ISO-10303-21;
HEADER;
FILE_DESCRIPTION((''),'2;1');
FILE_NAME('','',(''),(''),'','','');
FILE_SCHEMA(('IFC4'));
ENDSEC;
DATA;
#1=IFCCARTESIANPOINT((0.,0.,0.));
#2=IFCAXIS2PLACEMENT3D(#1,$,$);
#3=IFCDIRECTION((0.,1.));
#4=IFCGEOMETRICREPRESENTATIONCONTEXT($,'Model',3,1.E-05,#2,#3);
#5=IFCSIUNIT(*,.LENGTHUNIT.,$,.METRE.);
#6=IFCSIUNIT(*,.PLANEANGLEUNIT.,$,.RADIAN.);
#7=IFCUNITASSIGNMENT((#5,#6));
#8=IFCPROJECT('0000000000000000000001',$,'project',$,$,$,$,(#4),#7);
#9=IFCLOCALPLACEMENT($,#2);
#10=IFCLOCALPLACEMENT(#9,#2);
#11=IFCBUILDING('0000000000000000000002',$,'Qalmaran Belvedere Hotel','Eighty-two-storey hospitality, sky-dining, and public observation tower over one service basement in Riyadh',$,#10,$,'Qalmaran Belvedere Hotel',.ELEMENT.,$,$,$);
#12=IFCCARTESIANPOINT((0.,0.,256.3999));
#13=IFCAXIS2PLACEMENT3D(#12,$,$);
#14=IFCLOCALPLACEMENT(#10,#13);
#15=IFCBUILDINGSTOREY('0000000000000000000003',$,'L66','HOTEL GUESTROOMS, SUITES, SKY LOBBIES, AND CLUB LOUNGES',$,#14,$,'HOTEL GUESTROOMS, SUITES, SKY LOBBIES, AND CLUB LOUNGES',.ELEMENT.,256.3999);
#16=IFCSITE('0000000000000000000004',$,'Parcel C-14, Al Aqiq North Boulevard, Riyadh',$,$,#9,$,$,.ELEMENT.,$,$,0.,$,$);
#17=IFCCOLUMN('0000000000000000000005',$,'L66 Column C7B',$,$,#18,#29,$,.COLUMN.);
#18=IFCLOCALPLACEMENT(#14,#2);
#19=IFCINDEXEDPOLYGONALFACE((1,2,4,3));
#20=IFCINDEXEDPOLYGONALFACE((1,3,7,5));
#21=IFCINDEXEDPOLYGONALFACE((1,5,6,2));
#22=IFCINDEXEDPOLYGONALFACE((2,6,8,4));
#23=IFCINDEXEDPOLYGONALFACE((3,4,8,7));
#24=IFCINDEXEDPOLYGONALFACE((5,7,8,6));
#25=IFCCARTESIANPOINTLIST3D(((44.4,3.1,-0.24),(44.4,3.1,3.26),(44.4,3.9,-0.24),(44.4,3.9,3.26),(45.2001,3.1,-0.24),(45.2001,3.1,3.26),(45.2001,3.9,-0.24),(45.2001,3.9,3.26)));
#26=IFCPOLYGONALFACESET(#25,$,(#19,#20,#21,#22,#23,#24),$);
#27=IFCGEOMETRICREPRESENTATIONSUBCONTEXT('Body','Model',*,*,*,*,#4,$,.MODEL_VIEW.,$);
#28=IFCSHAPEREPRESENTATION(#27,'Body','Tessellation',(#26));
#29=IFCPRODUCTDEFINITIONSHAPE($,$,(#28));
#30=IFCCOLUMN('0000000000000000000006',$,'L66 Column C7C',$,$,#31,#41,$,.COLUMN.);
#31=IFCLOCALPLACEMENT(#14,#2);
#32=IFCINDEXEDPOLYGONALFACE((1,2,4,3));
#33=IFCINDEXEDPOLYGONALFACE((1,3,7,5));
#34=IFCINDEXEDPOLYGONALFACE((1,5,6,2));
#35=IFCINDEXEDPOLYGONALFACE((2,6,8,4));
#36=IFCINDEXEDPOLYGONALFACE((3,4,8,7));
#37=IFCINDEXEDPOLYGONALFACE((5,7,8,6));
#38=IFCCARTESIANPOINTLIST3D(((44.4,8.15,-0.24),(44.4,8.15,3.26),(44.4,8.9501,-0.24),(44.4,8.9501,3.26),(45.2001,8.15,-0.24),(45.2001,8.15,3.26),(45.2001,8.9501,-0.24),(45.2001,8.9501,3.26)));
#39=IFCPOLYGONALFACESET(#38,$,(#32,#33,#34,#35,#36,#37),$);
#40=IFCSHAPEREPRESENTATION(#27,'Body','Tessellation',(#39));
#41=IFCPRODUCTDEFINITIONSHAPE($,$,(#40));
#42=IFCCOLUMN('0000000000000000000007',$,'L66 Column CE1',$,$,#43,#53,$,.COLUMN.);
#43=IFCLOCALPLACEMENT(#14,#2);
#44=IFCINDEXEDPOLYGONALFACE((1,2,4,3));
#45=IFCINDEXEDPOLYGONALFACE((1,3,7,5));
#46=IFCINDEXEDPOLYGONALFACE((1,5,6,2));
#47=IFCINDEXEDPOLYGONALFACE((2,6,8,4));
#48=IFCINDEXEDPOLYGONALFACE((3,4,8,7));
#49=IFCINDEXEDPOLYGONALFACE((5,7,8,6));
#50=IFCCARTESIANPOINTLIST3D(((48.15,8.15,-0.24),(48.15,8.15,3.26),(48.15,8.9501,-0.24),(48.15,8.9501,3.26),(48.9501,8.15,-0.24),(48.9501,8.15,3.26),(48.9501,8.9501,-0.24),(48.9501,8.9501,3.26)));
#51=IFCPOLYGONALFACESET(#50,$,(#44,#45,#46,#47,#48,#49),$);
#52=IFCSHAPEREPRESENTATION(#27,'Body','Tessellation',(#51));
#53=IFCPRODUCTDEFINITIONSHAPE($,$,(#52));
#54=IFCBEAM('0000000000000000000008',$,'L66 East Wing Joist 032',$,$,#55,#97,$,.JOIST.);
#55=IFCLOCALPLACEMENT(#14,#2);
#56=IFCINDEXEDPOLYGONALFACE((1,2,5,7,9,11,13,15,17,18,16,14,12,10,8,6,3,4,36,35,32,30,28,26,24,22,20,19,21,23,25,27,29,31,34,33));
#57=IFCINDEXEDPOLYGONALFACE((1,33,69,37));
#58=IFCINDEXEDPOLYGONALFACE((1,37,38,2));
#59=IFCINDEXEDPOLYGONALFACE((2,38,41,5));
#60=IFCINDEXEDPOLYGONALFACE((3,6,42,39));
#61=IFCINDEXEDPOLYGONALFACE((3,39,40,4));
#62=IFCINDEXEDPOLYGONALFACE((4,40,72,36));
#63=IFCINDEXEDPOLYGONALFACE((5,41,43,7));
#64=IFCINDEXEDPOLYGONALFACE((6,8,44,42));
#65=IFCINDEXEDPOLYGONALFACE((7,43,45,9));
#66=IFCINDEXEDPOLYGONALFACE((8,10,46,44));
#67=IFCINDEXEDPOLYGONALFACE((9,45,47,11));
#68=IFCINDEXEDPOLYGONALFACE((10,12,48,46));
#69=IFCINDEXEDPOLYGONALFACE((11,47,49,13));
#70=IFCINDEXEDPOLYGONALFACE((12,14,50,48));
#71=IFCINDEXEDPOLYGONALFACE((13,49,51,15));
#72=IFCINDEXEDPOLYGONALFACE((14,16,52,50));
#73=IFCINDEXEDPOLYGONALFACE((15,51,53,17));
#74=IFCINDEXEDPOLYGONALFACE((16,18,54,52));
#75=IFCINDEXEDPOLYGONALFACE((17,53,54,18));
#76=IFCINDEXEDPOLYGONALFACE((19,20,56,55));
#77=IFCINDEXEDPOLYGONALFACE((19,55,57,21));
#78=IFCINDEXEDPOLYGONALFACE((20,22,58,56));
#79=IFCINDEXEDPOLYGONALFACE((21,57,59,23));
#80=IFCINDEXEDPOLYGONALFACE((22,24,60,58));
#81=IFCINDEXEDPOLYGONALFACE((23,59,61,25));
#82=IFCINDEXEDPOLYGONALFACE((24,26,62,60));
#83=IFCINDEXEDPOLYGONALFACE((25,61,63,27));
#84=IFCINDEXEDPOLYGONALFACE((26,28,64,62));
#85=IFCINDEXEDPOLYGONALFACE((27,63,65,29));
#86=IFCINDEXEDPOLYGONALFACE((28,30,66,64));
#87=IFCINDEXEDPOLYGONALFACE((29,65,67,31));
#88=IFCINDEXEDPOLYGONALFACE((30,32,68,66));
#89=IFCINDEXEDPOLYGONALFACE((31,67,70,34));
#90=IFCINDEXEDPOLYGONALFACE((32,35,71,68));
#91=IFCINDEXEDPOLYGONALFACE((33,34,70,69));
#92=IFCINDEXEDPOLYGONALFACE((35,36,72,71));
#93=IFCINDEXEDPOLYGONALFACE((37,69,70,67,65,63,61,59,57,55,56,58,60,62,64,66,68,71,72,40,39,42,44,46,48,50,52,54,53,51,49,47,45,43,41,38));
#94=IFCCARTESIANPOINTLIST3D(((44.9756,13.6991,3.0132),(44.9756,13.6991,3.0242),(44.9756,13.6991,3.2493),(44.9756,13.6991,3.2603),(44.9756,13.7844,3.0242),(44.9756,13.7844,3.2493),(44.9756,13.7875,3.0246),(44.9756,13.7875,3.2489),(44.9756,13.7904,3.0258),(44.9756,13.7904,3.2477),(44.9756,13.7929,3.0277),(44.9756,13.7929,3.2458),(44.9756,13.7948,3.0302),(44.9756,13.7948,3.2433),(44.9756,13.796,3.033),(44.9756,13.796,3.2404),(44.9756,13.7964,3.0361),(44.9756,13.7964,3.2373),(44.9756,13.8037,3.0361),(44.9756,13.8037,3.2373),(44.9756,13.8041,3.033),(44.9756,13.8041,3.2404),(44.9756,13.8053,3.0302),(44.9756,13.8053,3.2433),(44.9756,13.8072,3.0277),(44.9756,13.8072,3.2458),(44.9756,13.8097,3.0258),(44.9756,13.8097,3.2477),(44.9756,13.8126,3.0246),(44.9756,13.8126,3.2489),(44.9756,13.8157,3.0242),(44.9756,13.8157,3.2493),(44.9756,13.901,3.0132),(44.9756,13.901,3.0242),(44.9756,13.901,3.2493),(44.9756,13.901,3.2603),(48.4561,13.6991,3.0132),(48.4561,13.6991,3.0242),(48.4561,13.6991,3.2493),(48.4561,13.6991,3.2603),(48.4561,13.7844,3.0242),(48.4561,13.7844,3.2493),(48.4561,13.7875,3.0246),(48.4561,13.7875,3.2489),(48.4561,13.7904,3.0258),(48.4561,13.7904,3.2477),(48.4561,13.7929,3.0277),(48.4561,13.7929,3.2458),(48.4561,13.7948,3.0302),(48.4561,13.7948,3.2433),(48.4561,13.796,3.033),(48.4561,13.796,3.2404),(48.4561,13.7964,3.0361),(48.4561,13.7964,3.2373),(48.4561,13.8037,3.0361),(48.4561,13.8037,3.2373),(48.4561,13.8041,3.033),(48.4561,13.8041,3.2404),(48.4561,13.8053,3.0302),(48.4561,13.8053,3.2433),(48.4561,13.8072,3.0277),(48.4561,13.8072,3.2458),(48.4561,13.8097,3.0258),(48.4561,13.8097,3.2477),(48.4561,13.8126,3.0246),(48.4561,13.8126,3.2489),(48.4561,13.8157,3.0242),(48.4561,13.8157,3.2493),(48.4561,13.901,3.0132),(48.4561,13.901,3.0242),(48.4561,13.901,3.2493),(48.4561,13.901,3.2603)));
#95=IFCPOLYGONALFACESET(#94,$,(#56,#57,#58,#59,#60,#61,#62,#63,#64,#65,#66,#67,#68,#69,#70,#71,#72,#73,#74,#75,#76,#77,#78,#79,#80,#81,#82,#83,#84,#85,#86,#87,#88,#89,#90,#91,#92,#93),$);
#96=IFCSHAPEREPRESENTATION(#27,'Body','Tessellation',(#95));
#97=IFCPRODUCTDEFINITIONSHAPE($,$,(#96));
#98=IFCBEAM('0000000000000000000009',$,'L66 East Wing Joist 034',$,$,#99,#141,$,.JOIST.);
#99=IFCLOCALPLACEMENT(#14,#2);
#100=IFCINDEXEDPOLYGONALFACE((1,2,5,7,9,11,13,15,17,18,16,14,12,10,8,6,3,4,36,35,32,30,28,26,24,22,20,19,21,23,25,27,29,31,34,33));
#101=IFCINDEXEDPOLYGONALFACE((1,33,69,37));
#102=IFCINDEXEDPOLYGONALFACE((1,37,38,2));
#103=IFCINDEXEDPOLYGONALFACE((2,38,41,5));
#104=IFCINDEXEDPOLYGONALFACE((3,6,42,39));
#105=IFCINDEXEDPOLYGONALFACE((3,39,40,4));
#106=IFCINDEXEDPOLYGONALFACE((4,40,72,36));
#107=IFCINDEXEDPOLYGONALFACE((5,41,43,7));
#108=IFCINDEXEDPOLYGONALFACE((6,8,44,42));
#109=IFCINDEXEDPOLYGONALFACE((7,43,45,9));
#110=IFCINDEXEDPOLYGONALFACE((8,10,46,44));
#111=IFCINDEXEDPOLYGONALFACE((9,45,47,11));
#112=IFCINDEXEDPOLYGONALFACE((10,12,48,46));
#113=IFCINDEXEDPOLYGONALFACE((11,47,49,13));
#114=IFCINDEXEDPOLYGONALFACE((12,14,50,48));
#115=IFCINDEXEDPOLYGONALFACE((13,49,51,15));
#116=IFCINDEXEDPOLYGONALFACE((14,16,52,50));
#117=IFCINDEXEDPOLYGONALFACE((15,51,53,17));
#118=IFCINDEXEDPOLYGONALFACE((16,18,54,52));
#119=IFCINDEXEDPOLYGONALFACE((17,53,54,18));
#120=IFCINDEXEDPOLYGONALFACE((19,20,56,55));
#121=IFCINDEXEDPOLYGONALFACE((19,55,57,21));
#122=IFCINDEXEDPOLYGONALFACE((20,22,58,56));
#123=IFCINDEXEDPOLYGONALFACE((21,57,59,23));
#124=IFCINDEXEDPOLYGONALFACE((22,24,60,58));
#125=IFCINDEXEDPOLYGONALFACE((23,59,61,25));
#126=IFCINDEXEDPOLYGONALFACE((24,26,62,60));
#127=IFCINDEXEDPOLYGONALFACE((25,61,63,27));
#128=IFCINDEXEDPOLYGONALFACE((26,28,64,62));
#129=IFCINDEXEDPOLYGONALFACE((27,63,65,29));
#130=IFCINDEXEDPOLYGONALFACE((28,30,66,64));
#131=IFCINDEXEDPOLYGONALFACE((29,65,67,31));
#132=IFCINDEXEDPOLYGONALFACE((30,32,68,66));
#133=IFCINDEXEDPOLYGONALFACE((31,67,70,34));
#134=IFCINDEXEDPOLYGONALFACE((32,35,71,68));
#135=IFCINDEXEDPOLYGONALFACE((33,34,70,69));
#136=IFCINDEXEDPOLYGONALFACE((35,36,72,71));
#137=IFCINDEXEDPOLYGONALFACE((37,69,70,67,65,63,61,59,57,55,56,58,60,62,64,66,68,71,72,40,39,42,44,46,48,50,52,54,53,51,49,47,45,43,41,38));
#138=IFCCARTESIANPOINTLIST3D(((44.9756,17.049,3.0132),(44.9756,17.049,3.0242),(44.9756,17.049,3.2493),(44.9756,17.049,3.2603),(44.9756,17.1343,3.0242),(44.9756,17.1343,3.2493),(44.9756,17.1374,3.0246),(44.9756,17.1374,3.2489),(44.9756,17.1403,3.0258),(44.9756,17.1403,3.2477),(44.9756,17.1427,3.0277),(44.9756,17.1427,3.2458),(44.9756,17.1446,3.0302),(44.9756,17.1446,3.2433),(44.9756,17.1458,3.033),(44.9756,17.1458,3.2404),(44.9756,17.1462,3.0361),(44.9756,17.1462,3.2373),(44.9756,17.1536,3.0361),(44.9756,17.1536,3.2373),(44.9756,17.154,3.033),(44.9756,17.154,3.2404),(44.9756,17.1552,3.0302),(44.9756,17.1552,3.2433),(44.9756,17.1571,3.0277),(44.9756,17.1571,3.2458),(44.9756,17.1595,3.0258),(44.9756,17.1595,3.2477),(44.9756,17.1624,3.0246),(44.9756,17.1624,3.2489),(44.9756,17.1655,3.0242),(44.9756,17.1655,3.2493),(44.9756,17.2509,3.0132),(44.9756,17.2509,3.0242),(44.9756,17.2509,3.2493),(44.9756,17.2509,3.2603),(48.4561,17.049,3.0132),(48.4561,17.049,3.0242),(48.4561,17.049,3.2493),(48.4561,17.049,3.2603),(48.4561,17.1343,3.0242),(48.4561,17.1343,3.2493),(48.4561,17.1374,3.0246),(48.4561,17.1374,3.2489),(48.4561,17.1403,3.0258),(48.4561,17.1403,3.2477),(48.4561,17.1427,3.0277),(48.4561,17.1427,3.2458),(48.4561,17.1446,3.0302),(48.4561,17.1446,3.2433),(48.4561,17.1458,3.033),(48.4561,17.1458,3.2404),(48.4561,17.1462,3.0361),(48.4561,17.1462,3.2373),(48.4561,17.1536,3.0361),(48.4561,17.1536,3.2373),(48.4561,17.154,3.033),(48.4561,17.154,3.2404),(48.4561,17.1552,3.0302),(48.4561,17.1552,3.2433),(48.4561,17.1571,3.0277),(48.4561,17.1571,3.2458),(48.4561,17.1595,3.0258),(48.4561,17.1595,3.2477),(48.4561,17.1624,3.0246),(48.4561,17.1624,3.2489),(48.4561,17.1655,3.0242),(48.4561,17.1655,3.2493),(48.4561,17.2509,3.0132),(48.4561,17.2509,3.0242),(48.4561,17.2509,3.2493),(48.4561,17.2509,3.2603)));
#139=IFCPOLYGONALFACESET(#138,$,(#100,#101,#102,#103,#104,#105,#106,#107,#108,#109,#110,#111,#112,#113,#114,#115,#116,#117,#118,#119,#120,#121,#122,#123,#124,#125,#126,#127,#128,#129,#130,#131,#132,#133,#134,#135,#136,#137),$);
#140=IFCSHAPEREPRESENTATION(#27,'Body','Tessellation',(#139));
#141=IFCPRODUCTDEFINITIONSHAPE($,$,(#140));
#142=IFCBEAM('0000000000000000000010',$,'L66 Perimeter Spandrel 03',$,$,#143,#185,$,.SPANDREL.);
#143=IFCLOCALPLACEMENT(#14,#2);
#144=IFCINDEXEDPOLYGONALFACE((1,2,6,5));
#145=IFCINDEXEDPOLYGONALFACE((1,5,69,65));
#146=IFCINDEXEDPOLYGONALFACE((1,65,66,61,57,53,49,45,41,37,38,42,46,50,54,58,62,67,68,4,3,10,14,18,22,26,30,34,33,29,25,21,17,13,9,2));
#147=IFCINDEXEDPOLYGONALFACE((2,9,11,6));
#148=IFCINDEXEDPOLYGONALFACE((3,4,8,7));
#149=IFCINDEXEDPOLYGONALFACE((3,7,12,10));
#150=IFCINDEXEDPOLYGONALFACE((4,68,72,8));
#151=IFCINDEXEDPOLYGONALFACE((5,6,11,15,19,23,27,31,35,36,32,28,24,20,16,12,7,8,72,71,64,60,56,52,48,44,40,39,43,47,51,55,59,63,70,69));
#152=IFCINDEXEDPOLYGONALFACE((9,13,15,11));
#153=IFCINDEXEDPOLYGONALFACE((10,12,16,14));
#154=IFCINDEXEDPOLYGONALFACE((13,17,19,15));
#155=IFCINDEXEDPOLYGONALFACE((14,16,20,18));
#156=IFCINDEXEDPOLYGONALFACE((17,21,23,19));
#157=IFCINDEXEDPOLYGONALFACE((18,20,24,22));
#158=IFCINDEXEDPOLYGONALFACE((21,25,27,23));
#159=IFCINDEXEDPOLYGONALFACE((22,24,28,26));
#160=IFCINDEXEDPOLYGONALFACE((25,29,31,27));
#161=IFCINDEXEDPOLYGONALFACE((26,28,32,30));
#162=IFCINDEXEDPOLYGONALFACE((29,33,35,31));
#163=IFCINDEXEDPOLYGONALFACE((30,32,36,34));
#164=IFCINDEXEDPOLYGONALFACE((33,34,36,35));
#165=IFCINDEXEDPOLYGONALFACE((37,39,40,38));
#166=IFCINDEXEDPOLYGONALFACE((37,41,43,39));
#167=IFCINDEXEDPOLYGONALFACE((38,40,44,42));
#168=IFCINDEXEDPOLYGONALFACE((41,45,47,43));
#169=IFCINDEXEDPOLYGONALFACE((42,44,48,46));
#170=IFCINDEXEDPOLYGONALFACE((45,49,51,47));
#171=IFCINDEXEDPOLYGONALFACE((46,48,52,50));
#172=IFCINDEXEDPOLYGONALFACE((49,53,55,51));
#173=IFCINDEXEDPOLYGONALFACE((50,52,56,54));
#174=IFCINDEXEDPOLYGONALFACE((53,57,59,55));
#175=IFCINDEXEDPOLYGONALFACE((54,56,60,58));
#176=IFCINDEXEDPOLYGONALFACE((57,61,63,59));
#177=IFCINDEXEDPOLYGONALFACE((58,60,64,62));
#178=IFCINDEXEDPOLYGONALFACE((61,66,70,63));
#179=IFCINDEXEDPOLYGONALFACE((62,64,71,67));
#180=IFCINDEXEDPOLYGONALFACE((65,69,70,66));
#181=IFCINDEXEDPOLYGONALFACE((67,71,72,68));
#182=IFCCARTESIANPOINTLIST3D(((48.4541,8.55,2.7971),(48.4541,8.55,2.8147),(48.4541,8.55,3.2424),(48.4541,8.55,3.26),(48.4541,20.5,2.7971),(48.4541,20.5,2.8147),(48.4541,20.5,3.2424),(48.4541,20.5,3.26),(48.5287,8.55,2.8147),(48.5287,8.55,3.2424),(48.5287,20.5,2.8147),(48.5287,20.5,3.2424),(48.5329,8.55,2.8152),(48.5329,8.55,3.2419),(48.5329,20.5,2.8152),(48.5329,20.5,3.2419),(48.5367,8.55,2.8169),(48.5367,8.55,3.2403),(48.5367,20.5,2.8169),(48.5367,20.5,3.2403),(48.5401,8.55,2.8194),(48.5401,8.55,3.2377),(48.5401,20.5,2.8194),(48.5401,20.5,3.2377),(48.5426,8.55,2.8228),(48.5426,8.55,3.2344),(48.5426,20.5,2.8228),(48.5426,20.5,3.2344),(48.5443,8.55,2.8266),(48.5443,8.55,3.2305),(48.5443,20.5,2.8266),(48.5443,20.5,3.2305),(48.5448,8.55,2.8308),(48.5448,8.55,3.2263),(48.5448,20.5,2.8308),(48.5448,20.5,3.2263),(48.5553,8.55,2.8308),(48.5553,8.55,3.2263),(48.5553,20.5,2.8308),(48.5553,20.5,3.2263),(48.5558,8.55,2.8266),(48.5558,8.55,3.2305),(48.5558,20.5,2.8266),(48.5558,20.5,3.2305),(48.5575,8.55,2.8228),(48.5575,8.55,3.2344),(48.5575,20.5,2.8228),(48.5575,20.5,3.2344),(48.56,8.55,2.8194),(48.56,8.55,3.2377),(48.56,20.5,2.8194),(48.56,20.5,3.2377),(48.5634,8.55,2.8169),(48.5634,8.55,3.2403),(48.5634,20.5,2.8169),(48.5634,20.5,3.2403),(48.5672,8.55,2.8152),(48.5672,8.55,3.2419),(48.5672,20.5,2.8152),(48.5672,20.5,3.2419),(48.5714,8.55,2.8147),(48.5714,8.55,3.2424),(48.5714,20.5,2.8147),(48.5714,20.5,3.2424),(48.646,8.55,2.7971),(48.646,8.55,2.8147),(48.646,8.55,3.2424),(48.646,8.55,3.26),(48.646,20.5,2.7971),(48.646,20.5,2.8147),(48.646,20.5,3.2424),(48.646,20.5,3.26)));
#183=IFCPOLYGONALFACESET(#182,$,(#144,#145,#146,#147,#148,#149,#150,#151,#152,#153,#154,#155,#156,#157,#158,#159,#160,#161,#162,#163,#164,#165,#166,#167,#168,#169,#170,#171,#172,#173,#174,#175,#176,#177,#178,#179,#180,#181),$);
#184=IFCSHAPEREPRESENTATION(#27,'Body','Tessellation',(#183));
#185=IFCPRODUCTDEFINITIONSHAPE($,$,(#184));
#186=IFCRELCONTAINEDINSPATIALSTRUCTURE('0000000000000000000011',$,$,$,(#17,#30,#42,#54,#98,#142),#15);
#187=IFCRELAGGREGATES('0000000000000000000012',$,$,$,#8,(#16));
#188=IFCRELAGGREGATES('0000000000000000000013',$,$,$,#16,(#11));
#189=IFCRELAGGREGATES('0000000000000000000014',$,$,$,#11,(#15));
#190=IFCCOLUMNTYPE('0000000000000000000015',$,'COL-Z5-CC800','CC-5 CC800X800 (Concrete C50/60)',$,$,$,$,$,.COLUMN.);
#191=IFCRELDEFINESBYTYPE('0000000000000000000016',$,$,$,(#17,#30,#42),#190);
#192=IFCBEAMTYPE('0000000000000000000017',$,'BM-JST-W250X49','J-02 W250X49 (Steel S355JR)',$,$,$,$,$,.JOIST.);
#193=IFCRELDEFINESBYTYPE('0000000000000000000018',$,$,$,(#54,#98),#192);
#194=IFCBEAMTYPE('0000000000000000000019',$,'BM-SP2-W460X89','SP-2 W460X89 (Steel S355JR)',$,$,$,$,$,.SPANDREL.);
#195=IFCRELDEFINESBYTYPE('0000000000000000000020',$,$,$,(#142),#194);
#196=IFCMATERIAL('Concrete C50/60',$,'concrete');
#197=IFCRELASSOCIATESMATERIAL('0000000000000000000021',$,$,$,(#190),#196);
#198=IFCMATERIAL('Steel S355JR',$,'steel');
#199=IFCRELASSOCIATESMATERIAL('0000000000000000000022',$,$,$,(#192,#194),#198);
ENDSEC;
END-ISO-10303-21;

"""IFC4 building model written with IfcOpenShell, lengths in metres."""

from ifc_helpers import new_model, si_unit, direction, frame, origin, origin_2d, place, context, subcontext, project, spatial, rectangle, i_section, extrude, material, material_profile, profile_set, type_object, element, save


model = new_model("IFC4")

# Units and contexts
model_context = context("Model", 3, precision=1e-05, world=origin(), true_north=direction((0.0, 1.0)))
body_context = subcontext(model_context, "Body", "Model", "MODEL_VIEW")
ifc_project = project(units=[si_unit("LENGTHUNIT", "METRE"), si_unit("PLANEANGLEUNIT", "RADIAN")], contexts=[model_context])

# Site, building, storey
site_placement = place(None, origin())
site = spatial("IfcSite", under=ifc_project, at=site_placement, Name="Parcel C-14, Al Aqiq North Boulevard, Riyadh", CompositionType="ELEMENT", RefElevation=0.0)
building_placement = place(site_placement, origin())
building = spatial("IfcBuilding", under=site, at=building_placement, Name="Qalmaran Belvedere Hotel", Description="Eighty-two-storey hospitality, sky-dining, and public observation tower over one service basement in Riyadh", LongName="Qalmaran Belvedere Hotel", CompositionType="ELEMENT")
storey_placement = place(building_placement, frame((0.0, 0.0, 256.3999)))
storey = spatial("IfcBuildingStorey", under=building, at=storey_placement, Name="L66", Description="HOTEL GUESTROOMS, SUITES, SKY LOBBIES, AND CLUB LOUNGES", LongName="HOTEL GUESTROOMS, SUITES, SKY LOBBIES, AND CLUB LOUNGES", CompositionType="ELEMENT", Elevation=256.3999)

# Columns
ifc_material_1 = material(Name="Concrete C50/60", Category="concrete")
ifc_material_profile_1 = material_profile(ifc_material_1, rectangle(XDim=0.8, YDim=0.8, at=origin_2d()), Name="CC800X800")
ifc_profile_set_1 = profile_set([ifc_material_profile_1], Name="Concrete C50/60")
column_type = type_object("IfcColumnType", Name="COL-Z5-CC800", Description="CC-5 CC800X800 (Concrete C50/60)", PredefinedType="COLUMN", material=ifc_profile_set_1)
for number, where, z_axis, x_axis, name in (
    (1, (44.8, 3.5, -0.24), (0.0, 0.0, 1.0), (1.0, 0.0, 0.0), "L66 Column C7B"),
    (2, (44.8, 8.55, -0.24), (0.0, 0.0, 1.0), (1.0, 0.0, 0.0), "L66 Column C7C"),
    (3, (48.55, 8.55, -0.24), (0.0, 0.0, 1.0), (1.0, 0.0, 0.0), "L66 Column CE1"),
):
    element("IfcColumn", number, at=place(storey_placement, frame(where, z_axis=z_axis, x_axis=x_axis)), inside=storey, type_object=column_type, Name=name, PredefinedType="COLUMN", context=body_context, shape_type="SweptSolid", body=[
        extrude(rectangle(XDim=0.8, YDim=0.8, at=origin_2d()), origin(), (0.0, 0.0, 1.0), 3.5),
    ])

# Beams
ifc_material_2 = material(Name="Steel S355JR", Category="steel")
ifc_material_profile_2 = material_profile(ifc_material_2, i_section(OverallWidth=0.2019, OverallDepth=0.2471, WebThickness=0.0073, FlangeThickness=0.011, FilletRadius=0.012, at=origin_2d()), Name="W250X49")
ifc_profile_set_2 = profile_set([ifc_material_profile_2], Name="Steel S355JR")
beam_type_1 = type_object("IfcBeamType", Name="BM-JST-W250X49", Description="J-02 W250X49 (Steel S355JR)", PredefinedType="JOIST", material=ifc_profile_set_2)
for number, where, z_axis, x_axis, name in (
    (4, (44.9756, 13.8, 3.1367), (1.0, 0.0, 0.0), (0.0, 1.0, 0.0), "L66 East Wing Joist 032"),
    (5, (44.9756, 17.1499, 3.1367), (1.0, 0.0, 0.0), (0.0, 1.0, 0.0), "L66 East Wing Joist 034"),
):
    element("IfcBeam", number, at=place(storey_placement, frame(where, z_axis=z_axis, x_axis=x_axis)), inside=storey, type_object=beam_type_1, Name=name, PredefinedType="JOIST", context=body_context, shape_type="SweptSolid", body=[
        extrude(i_section(OverallWidth=0.2019, OverallDepth=0.2471, WebThickness=0.0073, FlangeThickness=0.011, FilletRadius=0.012, at=origin_2d()), origin(), (0.0, 0.0, 1.0), 3.4805),
    ])
ifc_material_profile_3 = material_profile(ifc_material_2, i_section(OverallWidth=0.1919, OverallDepth=0.4629, WebThickness=0.0105, FlangeThickness=0.0176, FilletRadius=0.0161, at=origin_2d()), Name="W460X89")
ifc_profile_set_3 = profile_set([ifc_material_profile_3], Name="Steel S355JR")
beam_type_2 = type_object("IfcBeamType", Name="BM-SP2-W460X89", Description="SP-2 W460X89 (Steel S355JR)", PredefinedType="SPANDREL", material=ifc_profile_set_3)
beam_1_placement = place(storey_placement, frame((48.55, 8.55, 3.0286), z_axis=(0.0, 1.0, 0.0), x_axis=(-1.0, 0.0, 0.0)))
element("IfcBeam", 6, at=beam_1_placement, inside=storey, type_object=beam_type_2, Name="L66 Perimeter Spandrel 03", PredefinedType="SPANDREL", context=body_context, shape_type="SweptSolid", body=[
    extrude(i_section(OverallWidth=0.1919, OverallDepth=0.4629, WebThickness=0.0105, FlangeThickness=0.0176, FilletRadius=0.0161, at=origin_2d()), origin(), (0.0, 0.0, 1.0), 11.95),
])

save(model, "model.ifc")
